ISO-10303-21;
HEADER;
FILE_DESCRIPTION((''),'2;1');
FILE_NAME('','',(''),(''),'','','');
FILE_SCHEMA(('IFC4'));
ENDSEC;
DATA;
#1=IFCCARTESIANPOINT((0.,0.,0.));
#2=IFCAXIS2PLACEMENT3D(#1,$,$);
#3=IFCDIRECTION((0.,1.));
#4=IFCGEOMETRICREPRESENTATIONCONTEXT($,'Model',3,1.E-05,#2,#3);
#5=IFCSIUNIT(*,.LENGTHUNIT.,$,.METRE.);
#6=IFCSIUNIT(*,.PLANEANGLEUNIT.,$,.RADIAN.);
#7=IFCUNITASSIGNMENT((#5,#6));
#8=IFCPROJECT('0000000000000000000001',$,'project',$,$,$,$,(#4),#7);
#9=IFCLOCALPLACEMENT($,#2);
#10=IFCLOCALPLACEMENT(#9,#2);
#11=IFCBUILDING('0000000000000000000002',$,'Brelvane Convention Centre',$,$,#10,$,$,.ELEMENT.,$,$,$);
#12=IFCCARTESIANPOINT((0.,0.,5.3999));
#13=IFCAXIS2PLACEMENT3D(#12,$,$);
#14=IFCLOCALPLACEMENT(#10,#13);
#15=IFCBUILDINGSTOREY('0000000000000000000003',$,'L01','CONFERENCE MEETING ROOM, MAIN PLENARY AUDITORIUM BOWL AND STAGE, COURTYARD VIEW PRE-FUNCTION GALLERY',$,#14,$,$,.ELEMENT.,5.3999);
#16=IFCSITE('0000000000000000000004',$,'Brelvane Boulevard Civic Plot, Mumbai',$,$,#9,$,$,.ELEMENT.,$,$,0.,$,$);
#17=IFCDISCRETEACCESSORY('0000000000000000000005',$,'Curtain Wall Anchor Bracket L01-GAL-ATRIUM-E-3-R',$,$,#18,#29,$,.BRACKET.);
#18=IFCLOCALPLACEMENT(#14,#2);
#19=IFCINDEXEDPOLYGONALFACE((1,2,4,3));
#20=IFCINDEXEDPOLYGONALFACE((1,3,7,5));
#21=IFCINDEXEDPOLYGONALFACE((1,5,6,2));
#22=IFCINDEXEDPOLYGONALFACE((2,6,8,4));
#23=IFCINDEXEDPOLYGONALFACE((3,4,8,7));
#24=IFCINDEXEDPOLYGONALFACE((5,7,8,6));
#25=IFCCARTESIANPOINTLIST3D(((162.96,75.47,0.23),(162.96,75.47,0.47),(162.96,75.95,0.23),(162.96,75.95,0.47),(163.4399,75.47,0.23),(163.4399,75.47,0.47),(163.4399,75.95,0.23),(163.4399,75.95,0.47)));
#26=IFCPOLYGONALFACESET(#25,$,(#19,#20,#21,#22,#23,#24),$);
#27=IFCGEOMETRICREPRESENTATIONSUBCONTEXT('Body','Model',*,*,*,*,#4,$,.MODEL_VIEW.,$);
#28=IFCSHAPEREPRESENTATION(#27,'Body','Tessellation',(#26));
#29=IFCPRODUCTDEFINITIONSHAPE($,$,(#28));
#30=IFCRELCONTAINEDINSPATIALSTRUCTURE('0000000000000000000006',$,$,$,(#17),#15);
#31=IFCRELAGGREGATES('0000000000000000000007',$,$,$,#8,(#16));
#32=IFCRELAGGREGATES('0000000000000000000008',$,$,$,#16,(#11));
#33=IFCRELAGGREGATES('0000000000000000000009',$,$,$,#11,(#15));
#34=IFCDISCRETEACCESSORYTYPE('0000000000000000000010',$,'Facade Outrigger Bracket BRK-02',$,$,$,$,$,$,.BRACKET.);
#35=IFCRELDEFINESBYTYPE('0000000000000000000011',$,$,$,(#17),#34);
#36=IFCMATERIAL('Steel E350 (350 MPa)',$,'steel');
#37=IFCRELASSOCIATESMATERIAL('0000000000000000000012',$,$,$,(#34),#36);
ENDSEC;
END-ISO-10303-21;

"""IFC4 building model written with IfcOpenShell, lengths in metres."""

from ifc_helpers import new_model, si_unit, direction, frame, origin, origin_2d, place, context, subcontext, project, spatial, rectangle, extrude, material, type_object, element, save


model = new_model("IFC4")

# Units and contexts
model_context = context("Model", 3, precision=1e-05, world=origin(), true_north=direction((0.0, 1.0)))
body_context = subcontext(model_context, "Body", "Model", "MODEL_VIEW")
ifc_project = project(units=[si_unit("LENGTHUNIT", "METRE"), si_unit("PLANEANGLEUNIT", "RADIAN")], contexts=[model_context])

# Site, building, storey
site_placement = place(None, origin())
site = spatial("IfcSite", under=ifc_project, at=site_placement, Name="Brelvane Boulevard Civic Plot, Mumbai", CompositionType="ELEMENT", RefElevation=0.0)
building_placement = place(site_placement, origin())
building = spatial("IfcBuilding", under=site, at=building_placement, Name="Brelvane Convention Centre", CompositionType="ELEMENT")
storey_placement = place(building_placement, frame((0.0, 0.0, 5.3999)))
storey = spatial("IfcBuildingStorey", under=building, at=storey_placement, Name="L01", Description="CONFERENCE MEETING ROOM, MAIN PLENARY AUDITORIUM BOWL AND STAGE, COURTYARD VIEW PRE-FUNCTION GALLERY", CompositionType="ELEMENT", Elevation=5.3999)

# Discrete accessory
ifc_material_1 = material(Name="Steel E350 (350 MPa)", Category="steel")
discrete_accessory_type = type_object("IfcDiscreteAccessoryType", Name="Facade Outrigger Bracket BRK-02", PredefinedType="BRACKET", material=ifc_material_1)
discrete_accessory_placement = place(storey_placement, frame((163.2, 75.71, 0.23), z_axis=(0.0, 0.0, 1.0), x_axis=(1.0, 0.0, 0.0)))
element("IfcDiscreteAccessory", 1, at=discrete_accessory_placement, inside=storey, type_object=discrete_accessory_type, Name="Curtain Wall Anchor Bracket L01-GAL-ATRIUM-E-3-R", PredefinedType="BRACKET", context=body_context, shape_type="SweptSolid", body=[
    extrude(rectangle(XDim=0.48, YDim=0.48, at=origin_2d()), origin(), (0.0, 0.0, 1.0), 0.24),
])

save(model, "model.ifc")
